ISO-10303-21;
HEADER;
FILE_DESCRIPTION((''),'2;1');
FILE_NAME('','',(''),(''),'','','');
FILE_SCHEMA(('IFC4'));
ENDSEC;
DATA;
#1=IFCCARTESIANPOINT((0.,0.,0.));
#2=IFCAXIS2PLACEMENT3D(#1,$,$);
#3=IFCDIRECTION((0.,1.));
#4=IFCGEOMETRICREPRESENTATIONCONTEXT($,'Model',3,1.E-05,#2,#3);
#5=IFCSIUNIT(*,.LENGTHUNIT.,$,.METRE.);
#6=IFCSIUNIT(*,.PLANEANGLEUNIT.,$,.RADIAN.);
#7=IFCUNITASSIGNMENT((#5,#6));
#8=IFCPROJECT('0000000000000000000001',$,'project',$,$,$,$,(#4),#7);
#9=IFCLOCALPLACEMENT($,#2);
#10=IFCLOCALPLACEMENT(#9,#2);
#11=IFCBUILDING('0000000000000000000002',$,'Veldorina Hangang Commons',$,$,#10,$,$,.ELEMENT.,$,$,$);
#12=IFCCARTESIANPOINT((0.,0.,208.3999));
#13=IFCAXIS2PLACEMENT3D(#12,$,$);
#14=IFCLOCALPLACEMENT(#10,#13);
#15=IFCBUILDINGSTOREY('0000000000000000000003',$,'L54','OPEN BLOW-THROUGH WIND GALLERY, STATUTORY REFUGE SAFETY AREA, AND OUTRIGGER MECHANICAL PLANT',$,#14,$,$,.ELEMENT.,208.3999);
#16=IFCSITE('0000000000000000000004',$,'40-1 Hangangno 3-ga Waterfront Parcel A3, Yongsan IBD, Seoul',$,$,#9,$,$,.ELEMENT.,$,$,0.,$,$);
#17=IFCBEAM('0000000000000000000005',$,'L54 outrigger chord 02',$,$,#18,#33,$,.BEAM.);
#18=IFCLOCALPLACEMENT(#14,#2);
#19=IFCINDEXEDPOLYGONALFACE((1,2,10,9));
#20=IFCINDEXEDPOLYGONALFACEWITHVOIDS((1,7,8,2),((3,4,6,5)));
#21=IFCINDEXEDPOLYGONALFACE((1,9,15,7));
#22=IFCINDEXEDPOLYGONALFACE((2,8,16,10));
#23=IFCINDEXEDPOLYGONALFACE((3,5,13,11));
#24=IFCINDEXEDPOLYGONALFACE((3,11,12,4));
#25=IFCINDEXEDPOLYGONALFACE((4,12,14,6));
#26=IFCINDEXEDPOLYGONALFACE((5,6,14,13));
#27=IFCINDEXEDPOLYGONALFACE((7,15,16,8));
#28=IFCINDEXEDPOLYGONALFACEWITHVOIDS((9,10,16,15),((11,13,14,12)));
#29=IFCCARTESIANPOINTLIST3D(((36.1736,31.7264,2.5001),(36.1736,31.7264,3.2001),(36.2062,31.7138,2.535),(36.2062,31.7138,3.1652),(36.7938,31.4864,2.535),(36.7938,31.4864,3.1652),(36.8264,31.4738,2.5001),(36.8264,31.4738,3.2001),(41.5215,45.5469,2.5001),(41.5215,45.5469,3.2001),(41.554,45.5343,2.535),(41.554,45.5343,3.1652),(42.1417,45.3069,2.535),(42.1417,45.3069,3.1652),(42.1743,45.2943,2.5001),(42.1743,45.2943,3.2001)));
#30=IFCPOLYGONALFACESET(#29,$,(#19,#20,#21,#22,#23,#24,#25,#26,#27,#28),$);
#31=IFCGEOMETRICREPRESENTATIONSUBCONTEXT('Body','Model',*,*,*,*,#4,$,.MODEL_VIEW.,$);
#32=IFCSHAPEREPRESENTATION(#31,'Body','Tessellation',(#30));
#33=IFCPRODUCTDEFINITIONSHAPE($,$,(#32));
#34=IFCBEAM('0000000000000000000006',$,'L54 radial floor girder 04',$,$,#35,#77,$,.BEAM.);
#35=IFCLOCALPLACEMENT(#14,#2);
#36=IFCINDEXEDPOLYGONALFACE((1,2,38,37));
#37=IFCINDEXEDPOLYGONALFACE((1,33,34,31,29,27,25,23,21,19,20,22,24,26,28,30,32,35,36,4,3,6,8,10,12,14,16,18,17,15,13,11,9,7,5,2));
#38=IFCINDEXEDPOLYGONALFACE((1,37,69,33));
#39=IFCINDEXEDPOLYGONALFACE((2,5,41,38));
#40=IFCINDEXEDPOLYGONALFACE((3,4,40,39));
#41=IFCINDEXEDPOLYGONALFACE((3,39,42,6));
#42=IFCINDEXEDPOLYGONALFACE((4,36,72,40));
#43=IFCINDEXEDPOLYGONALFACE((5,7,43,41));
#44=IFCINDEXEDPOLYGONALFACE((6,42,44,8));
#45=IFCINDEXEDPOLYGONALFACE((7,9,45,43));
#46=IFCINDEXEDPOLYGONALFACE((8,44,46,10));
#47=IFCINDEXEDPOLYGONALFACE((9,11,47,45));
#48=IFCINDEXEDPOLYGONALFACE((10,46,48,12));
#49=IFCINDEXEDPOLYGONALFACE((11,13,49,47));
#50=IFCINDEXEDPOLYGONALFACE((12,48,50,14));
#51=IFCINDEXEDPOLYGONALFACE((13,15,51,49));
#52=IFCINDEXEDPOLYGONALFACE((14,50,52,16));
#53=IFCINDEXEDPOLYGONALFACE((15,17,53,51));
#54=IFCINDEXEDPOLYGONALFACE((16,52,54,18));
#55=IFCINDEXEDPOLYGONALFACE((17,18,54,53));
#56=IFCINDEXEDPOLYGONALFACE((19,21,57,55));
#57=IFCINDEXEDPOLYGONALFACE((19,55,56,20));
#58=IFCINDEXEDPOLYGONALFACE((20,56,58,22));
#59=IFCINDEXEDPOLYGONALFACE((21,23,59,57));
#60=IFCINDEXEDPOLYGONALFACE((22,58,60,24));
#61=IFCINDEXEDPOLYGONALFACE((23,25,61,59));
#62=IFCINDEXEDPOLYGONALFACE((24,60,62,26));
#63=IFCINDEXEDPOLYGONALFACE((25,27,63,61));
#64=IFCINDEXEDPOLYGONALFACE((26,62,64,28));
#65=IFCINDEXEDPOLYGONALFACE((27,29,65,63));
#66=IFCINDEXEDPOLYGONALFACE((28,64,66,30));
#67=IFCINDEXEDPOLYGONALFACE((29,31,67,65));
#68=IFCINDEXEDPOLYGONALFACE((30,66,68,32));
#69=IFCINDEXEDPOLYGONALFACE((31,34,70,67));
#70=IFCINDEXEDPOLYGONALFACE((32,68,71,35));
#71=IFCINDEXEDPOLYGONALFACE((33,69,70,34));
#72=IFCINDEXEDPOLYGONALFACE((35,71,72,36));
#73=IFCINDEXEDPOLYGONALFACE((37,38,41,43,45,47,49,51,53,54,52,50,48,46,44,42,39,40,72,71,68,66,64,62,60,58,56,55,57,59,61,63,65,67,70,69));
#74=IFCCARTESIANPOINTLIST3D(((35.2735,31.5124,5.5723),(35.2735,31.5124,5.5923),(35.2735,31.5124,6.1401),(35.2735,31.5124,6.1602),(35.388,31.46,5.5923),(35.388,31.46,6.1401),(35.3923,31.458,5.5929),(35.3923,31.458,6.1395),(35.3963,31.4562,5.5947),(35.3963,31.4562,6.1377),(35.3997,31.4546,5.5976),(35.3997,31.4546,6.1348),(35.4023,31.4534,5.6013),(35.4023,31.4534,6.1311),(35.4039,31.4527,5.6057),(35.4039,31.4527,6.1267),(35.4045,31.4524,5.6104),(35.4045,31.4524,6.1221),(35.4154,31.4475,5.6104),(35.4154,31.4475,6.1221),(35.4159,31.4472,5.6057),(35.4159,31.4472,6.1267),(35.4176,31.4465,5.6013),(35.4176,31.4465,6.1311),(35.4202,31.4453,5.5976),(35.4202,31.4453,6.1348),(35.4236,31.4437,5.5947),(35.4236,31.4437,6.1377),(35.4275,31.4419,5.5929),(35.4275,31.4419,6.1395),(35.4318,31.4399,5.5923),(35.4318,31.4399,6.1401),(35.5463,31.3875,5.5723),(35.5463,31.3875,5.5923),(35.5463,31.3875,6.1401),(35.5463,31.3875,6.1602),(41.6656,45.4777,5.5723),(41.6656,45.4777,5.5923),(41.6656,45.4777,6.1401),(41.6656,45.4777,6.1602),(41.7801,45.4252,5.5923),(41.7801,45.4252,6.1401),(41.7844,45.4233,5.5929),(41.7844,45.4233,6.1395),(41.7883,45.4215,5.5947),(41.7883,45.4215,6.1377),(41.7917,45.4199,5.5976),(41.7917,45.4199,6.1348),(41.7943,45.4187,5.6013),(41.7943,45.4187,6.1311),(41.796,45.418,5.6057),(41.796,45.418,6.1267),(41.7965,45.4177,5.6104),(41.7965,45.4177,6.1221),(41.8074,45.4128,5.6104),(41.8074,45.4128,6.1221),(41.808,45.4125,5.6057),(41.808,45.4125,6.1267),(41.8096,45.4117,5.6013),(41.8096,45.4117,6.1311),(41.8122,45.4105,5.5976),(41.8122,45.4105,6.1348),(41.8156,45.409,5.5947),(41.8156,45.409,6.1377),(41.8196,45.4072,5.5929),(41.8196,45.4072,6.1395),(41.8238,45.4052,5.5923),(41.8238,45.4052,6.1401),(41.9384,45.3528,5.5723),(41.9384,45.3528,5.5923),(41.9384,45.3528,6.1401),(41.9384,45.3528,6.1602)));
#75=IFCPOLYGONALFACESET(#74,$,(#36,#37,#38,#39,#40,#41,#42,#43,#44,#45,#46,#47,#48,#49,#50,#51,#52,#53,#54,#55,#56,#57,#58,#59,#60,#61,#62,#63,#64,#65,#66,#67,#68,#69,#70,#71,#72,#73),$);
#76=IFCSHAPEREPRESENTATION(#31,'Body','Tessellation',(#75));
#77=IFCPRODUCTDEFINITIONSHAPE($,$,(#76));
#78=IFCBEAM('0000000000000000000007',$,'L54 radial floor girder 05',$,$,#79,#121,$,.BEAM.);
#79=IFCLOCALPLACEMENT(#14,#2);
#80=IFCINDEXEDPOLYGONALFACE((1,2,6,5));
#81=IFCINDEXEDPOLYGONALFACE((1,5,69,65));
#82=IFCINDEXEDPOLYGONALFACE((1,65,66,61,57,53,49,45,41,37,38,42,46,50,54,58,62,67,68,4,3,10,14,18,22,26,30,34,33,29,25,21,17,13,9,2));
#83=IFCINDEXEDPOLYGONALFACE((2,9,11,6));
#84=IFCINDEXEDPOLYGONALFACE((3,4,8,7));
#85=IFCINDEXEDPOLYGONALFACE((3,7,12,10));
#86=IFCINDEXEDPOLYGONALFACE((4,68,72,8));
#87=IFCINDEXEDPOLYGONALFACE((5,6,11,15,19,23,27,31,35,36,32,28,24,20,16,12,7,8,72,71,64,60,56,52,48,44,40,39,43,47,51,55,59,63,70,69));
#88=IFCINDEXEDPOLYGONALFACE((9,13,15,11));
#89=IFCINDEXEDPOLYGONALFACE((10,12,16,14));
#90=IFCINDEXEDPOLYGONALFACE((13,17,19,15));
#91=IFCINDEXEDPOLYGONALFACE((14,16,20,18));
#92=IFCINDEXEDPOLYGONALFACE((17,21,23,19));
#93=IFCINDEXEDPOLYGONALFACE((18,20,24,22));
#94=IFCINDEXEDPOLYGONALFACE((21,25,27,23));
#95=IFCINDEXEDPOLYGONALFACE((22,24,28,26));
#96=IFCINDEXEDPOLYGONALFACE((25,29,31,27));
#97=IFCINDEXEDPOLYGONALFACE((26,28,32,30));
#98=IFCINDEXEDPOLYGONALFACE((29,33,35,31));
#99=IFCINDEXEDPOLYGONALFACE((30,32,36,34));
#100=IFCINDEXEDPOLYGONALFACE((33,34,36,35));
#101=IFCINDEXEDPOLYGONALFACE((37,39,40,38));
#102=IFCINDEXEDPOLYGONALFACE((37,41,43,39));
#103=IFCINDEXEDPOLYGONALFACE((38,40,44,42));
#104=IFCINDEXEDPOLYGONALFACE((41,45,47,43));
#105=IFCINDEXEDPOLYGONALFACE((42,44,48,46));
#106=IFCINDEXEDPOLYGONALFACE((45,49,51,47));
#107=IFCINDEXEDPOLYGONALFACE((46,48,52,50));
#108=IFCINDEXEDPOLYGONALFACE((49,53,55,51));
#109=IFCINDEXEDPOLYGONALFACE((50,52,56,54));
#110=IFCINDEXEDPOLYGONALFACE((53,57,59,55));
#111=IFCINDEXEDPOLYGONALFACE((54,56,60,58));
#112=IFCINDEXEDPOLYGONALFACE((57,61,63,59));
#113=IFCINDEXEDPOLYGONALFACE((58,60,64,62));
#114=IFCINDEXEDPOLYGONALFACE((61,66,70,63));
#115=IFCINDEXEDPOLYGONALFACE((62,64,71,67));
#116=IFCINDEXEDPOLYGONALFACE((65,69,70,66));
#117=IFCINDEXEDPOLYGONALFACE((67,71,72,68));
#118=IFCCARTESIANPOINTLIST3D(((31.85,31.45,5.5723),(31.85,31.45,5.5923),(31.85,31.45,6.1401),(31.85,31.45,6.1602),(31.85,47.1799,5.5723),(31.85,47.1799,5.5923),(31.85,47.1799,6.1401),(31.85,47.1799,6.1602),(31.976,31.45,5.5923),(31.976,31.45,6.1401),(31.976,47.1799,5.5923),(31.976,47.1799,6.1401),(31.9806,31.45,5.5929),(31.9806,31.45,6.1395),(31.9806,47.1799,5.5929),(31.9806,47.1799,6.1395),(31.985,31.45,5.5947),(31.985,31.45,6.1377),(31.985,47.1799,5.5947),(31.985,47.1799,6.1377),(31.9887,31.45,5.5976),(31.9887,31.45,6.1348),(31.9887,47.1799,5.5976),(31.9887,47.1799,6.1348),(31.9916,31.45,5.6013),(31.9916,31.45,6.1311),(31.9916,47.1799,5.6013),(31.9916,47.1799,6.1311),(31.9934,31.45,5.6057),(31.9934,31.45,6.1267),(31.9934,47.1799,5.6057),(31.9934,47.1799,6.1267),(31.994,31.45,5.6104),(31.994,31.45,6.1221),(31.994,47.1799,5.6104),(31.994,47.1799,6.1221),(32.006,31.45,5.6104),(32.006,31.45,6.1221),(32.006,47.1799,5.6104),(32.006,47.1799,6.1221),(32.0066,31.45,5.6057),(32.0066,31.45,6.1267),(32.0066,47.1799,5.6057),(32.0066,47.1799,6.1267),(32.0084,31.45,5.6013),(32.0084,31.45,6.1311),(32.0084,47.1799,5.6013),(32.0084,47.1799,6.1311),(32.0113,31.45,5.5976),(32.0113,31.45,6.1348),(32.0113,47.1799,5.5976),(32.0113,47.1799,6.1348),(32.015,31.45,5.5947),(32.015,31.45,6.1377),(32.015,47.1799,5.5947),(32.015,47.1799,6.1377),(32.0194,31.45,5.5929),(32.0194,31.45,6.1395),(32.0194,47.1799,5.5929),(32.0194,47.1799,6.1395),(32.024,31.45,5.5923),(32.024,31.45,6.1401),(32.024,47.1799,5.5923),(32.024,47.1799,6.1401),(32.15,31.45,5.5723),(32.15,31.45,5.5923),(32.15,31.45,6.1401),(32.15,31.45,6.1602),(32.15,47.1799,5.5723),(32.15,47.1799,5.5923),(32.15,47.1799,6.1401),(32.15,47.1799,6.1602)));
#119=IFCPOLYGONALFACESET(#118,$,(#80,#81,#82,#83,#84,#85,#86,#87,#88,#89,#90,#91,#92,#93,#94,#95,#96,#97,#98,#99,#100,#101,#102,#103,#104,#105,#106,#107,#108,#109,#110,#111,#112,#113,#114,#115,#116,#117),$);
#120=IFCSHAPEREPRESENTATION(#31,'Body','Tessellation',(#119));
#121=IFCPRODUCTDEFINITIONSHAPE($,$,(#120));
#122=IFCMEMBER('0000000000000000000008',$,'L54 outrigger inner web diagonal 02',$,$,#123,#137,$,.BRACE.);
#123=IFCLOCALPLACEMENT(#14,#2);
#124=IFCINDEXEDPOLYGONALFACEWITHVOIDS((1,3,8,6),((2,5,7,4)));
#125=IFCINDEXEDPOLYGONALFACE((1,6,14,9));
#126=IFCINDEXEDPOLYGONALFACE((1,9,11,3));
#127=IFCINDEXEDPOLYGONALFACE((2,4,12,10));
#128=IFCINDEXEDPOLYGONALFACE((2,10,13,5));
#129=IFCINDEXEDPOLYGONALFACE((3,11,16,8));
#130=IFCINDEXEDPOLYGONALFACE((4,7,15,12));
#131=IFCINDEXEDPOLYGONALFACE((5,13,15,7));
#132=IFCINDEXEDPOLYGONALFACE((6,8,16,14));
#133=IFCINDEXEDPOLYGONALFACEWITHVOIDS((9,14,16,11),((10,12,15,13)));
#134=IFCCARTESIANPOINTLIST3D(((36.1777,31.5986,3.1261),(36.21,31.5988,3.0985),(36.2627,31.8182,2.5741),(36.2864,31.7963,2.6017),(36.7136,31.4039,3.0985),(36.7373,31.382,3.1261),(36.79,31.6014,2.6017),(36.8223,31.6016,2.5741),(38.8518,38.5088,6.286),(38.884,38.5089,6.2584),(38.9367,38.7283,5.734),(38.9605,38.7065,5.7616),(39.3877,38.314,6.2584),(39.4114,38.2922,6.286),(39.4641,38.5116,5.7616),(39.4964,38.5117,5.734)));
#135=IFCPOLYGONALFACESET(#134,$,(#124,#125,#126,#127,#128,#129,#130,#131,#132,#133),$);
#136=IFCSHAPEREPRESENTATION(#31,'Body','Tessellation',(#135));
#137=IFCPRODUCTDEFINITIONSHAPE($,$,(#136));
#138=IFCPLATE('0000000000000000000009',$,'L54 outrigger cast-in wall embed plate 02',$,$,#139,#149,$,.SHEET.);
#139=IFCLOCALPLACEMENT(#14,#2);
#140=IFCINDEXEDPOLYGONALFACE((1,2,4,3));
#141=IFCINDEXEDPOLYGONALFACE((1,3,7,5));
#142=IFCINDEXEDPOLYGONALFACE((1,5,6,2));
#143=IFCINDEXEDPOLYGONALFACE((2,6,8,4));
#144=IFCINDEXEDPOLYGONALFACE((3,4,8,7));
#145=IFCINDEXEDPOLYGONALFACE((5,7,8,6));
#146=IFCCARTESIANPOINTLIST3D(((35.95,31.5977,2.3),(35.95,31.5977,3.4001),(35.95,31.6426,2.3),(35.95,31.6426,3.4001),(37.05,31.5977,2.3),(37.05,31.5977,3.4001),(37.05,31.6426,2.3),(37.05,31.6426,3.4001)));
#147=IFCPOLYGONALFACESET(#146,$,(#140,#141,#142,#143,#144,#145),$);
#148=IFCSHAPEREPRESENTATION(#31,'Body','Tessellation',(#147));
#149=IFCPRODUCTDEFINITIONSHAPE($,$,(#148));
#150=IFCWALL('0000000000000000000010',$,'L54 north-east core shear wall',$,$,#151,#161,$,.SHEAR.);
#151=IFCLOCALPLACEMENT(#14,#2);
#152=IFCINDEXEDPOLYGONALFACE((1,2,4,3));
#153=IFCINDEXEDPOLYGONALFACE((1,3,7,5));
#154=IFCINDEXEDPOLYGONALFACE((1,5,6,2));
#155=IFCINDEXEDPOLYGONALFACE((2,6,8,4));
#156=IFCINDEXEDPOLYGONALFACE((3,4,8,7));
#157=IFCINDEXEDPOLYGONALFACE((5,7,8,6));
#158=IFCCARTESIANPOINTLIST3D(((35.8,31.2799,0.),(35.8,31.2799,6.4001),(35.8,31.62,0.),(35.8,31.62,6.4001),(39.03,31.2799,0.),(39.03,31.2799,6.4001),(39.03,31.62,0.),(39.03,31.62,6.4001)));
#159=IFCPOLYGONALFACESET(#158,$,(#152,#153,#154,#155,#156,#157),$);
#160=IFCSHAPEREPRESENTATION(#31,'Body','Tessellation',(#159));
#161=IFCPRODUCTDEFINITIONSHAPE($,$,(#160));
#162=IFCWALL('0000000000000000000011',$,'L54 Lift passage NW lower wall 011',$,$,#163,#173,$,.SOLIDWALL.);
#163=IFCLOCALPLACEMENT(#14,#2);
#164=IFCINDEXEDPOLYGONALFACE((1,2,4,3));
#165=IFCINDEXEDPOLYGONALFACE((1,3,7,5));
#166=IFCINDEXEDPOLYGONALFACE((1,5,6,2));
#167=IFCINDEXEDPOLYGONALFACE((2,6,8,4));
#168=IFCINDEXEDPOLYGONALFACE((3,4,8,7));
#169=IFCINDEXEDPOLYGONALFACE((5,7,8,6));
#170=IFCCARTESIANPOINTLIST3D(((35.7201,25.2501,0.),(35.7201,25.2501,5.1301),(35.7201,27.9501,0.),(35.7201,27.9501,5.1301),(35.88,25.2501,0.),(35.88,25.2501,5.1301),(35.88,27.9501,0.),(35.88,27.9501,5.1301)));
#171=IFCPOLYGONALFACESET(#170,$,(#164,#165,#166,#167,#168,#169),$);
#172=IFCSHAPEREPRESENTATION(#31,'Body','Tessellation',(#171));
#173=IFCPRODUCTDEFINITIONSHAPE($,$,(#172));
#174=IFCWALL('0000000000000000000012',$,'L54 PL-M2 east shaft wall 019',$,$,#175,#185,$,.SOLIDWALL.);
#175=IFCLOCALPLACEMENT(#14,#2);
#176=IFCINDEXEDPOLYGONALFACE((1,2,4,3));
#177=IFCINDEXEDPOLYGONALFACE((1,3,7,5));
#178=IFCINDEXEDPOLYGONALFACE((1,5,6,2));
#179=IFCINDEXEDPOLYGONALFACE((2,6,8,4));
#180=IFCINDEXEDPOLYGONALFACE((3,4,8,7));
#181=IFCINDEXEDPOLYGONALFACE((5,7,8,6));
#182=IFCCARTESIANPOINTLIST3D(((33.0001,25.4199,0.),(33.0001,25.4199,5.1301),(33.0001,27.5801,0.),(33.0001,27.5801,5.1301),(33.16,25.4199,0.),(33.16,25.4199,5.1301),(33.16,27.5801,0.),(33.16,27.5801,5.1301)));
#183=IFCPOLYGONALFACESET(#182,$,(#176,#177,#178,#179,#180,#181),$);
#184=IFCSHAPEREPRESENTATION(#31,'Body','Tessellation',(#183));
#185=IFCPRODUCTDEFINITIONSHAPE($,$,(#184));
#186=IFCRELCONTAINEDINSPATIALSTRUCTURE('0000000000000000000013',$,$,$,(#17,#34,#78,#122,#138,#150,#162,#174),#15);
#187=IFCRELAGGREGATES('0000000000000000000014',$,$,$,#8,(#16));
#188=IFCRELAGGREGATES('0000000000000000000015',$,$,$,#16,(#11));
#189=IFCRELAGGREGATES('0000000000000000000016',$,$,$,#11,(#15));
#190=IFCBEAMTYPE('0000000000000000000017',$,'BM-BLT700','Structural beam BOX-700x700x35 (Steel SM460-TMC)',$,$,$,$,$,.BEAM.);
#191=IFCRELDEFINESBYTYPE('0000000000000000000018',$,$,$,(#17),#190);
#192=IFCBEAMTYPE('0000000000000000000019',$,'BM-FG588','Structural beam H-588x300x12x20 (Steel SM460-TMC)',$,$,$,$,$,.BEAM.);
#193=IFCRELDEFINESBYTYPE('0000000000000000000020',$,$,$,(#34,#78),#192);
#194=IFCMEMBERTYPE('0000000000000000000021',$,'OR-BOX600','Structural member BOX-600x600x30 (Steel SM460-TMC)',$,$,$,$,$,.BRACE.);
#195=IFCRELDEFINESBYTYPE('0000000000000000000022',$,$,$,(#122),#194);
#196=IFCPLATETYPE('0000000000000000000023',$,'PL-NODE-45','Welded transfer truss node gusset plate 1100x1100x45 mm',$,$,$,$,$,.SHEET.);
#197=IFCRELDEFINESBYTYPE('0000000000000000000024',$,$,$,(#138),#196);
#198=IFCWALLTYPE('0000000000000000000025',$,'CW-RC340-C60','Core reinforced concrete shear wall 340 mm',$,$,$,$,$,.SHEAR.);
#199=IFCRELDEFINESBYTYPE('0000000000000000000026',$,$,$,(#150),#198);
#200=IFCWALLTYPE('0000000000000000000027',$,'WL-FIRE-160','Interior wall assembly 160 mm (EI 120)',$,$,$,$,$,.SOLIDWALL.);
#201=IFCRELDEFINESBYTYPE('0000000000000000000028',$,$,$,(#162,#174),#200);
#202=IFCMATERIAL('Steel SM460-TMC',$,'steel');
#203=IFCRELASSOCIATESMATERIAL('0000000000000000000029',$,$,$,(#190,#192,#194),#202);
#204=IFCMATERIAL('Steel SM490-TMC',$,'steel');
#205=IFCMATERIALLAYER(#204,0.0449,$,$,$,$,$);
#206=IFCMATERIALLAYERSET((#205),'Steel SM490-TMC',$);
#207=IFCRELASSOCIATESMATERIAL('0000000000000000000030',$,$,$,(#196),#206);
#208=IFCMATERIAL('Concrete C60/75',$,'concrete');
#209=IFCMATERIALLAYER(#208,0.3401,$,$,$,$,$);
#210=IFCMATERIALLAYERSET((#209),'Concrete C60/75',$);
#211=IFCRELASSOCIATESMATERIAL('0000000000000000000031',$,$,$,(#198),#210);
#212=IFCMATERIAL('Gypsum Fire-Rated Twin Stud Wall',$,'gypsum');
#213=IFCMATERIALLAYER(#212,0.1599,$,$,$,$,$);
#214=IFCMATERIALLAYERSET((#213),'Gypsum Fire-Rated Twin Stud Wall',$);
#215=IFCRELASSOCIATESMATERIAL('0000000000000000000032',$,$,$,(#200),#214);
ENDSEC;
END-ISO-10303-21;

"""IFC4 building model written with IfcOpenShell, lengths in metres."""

from ifc_helpers import new_model, si_unit, direction, frame, frame_2d, origin, origin_2d, place, context, subcontext, project, spatial, rectangle, hollow_rectangle, i_section, extrude, material, layer, layer_set, material_profile, profile_set, type_object, element, save


model = new_model("IFC4")

# Units and contexts
model_context = context("Model", 3, precision=1e-05, world=origin(), true_north=direction((0.0, 1.0)))
body_context = subcontext(model_context, "Body", "Model", "MODEL_VIEW")
ifc_project = project(units=[si_unit("LENGTHUNIT", "METRE"), si_unit("PLANEANGLEUNIT", "RADIAN")], contexts=[model_context])

# Site, building, storey
site_placement = place(None, origin())
site = spatial("IfcSite", under=ifc_project, at=site_placement, Name="40-1 Hangangno 3-ga Waterfront Parcel A3, Yongsan IBD, Seoul", CompositionType="ELEMENT", RefElevation=0.0)
building_placement = place(site_placement, origin())
building = spatial("IfcBuilding", under=site, at=building_placement, Name="Veldorina Hangang Commons", CompositionType="ELEMENT")
storey_placement = place(building_placement, frame((0.0, 0.0, 208.3999)))
storey = spatial("IfcBuildingStorey", under=building, at=storey_placement, Name="L54", Description="OPEN BLOW-THROUGH WIND GALLERY, STATUTORY REFUGE SAFETY AREA, AND OUTRIGGER MECHANICAL PLANT", CompositionType="ELEMENT", Elevation=208.3999)

# Beams
ifc_material_1 = material(Name="Steel SM460-TMC", Category="steel")
ifc_material_profile_1 = material_profile(ifc_material_1, hollow_rectangle(XDim=0.7, YDim=0.7, WallThickness=0.0349, at=origin_2d()), Name="BOX-700x700x35")
ifc_profile_set_1 = profile_set([ifc_material_profile_1], Name="Steel SM460-TMC")
beam_type_1 = type_object("IfcBeamType", Name="BM-BLT700", Description="Structural beam BOX-700x700x35 (Steel SM460-TMC)", PredefinedType="BEAM", material=ifc_profile_set_1)
beam_1_placement = place(storey_placement, frame((36.5, 31.6001, 2.8501), z_axis=(0.360877, 0.932613, 0.0), x_axis=(-0.932613, 0.360877, 0.0)))
element("IfcBeam", 1, at=beam_1_placement, inside=storey, type_object=beam_type_1, Name="L54 outrigger chord 02", PredefinedType="BEAM", context=body_context, shape_type="SweptSolid", body=[
    extrude(hollow_rectangle(XDim=0.7, YDim=0.7, WallThickness=0.0349, at=origin_2d()), origin(), (0.0, 0.0, 1.0), 14.8191),
])
ifc_material_profile_2 = material_profile(ifc_material_1, i_section(OverallWidth=0.3, OverallDepth=0.5879, WebThickness=0.012, FlangeThickness=0.02, FilletRadius=0.0181, at=origin_2d()), Name="H-588x300x12x20")
ifc_profile_set_2 = profile_set([ifc_material_profile_2], Name="Steel SM460-TMC")
beam_type_2 = type_object("IfcBeamType", Name="BM-FG588", Description="Structural beam H-588x300x12x20 (Steel SM460-TMC)", PredefinedType="BEAM", material=ifc_profile_set_2)
beam_2_placement = place(storey_placement, frame((35.4099, 31.45, 5.8662), z_axis=(0.416187, 0.909279, 0.0), x_axis=(-0.909279, 0.416187, 0.0)))
element("IfcBeam", 2, at=beam_2_placement, inside=storey, type_object=beam_type_2, Name="L54 radial floor girder 04", PredefinedType="BEAM", context=body_context, shape_type="SweptSolid", body=[
    extrude(i_section(OverallWidth=0.3, OverallDepth=0.5879, WebThickness=0.012, FlangeThickness=0.02, FilletRadius=0.0181, at=origin_2d()), origin(), (0.0, 0.0, 1.0), 15.3586),
])
beam_3_placement = place(storey_placement, frame((32.0, 31.45, 5.8662), z_axis=(0.0, 1.0, 0.0), x_axis=(-1.0, 0.0, 0.0)))
element("IfcBeam", 3, at=beam_3_placement, inside=storey, type_object=beam_type_2, Name="L54 radial floor girder 05", PredefinedType="BEAM", context=body_context, shape_type="SweptSolid", body=[
    extrude(i_section(OverallWidth=0.3, OverallDepth=0.5879, WebThickness=0.012, FlangeThickness=0.02, FilletRadius=0.0181, at=origin_2d()), origin(), (0.0, 0.0, 1.0), 15.73),
])

# Member
ifc_material_profile_3 = material_profile(ifc_material_1, hollow_rectangle(XDim=0.6001, YDim=0.6001, WallThickness=0.03, at=origin_2d()), Name="BOX-600x600x30")
ifc_profile_set_3 = profile_set([ifc_material_profile_3], Name="Steel SM460-TMC")
member_type = type_object("IfcMemberType", Name="OR-BOX600", Description="Structural member BOX-600x600x30 (Steel SM460-TMC)", PredefinedType="BRACE", material=ifc_profile_set_3)
member_placement = place(storey_placement, frame((36.5, 31.6001, 2.8501), z_axis=(0.331969, 0.857852, 0.392283), x_axis=(-0.932606, 0.360897, 0.0)))
element("IfcMember", 4, at=member_placement, inside=storey, type_object=member_type, Name="L54 outrigger inner web diagonal 02", PredefinedType="BRACE", context=body_context, shape_type="SweptSolid", body=[
    extrude(hollow_rectangle(XDim=0.6001, YDim=0.6001, WallThickness=0.03, at=origin_2d()), origin(), (0.0, 0.0, 1.0), 8.0552),
])

# Plate
ifc_material_2 = material(Name="Steel SM490-TMC", Category="steel")
ifc_layer_1 = layer(ifc_material_2, 0.0449)
ifc_layer_set_1 = layer_set([ifc_layer_1], Name="Steel SM490-TMC")
plate_type = type_object("IfcPlateType", Name="PL-NODE-45", Description="Welded transfer truss node gusset plate 1100x1100x45 mm", PredefinedType="SHEET", material=ifc_layer_set_1)
plate_placement = place(storey_placement, frame((36.5, 31.6201, 2.3), z_axis=(0.0, 0.0, 1.0), x_axis=(1.0, 0.0, 0.0)))
element("IfcPlate", 5, at=plate_placement, inside=storey, type_object=plate_type, Name="L54 outrigger cast-in wall embed plate 02", PredefinedType="SHEET", context=body_context, shape_type="SweptSolid", body=[
    extrude(rectangle(XDim=1.1001, YDim=0.0449, at=origin_2d()), origin(), (0.0, 0.0, 1.0), 1.1001),
])

# Walls
ifc_material_3 = material(Name="Concrete C60/75", Category="concrete")
ifc_layer_2 = layer(ifc_material_3, 0.3401)
ifc_layer_set_2 = layer_set([ifc_layer_2], Name="Concrete C60/75")
wall_type_1 = type_object("IfcWallType", Name="CW-RC340-C60", Description="Core reinforced concrete shear wall 340 mm", PredefinedType="SHEAR", material=ifc_layer_set_2)
wall_1_placement = place(storey_placement, frame((35.8, 31.45, 0.0), z_axis=(0.0, 0.0, 1.0), x_axis=(1.0, 0.0, 0.0)))
element("IfcWall", 6, at=wall_1_placement, inside=storey, type_object=wall_type_1, Name="L54 north-east core shear wall", PredefinedType="SHEAR", context=body_context, shape_type="SweptSolid", body=[
    extrude(rectangle(XDim=3.23, YDim=0.3401, at=frame_2d((1.615, 0.0))), origin(), (0.0, 0.0, 1.0), 6.4001),
])
ifc_material_4 = material(Name="Gypsum Fire-Rated Twin Stud Wall", Category="gypsum")
ifc_layer_3 = layer(ifc_material_4, 0.1599)
ifc_layer_set_3 = layer_set([ifc_layer_3], Name="Gypsum Fire-Rated Twin Stud Wall")
wall_type_2 = type_object("IfcWallType", Name="WL-FIRE-160", Description="Interior wall assembly 160 mm (EI 120)", PredefinedType="SOLIDWALL", material=ifc_layer_set_3)
wall_2_placement = place(storey_placement, frame((35.8, 25.25, 0.0), z_axis=(0.0, 0.0, 1.0), x_axis=(0.0, 1.0, 0.0)))
element("IfcWall", 7, at=wall_2_placement, inside=storey, type_object=wall_type_2, Name="L54 Lift passage NW lower wall 011", PredefinedType="SOLIDWALL", context=body_context, shape_type="SweptSolid", body=[
    extrude(rectangle(XDim=2.7, YDim=0.1599, at=frame_2d((1.3501, 0.0))), origin(), (0.0, 0.0, 1.0), 5.1301),
])
for number, where, z_axis, x_axis, name in (
    (8, (33.0801, 25.4199, 0.0), (0.0, 0.0, 1.0), (0.0, 1.0, 0.0), "L54 PL-M2 east shaft wall 019"),
):
    element("IfcWall", number, at=place(storey_placement, frame(where, z_axis=z_axis, x_axis=x_axis)), inside=storey, type_object=wall_type_2, Name=name, PredefinedType="SOLIDWALL", context=body_context, shape_type="SweptSolid", body=[
        extrude(rectangle(XDim=2.1602, YDim=0.1599, at=frame_2d((1.0801, 0.0))), origin(), (0.0, 0.0, 1.0), 5.1301),
    ])

save(model, "model.ifc")
